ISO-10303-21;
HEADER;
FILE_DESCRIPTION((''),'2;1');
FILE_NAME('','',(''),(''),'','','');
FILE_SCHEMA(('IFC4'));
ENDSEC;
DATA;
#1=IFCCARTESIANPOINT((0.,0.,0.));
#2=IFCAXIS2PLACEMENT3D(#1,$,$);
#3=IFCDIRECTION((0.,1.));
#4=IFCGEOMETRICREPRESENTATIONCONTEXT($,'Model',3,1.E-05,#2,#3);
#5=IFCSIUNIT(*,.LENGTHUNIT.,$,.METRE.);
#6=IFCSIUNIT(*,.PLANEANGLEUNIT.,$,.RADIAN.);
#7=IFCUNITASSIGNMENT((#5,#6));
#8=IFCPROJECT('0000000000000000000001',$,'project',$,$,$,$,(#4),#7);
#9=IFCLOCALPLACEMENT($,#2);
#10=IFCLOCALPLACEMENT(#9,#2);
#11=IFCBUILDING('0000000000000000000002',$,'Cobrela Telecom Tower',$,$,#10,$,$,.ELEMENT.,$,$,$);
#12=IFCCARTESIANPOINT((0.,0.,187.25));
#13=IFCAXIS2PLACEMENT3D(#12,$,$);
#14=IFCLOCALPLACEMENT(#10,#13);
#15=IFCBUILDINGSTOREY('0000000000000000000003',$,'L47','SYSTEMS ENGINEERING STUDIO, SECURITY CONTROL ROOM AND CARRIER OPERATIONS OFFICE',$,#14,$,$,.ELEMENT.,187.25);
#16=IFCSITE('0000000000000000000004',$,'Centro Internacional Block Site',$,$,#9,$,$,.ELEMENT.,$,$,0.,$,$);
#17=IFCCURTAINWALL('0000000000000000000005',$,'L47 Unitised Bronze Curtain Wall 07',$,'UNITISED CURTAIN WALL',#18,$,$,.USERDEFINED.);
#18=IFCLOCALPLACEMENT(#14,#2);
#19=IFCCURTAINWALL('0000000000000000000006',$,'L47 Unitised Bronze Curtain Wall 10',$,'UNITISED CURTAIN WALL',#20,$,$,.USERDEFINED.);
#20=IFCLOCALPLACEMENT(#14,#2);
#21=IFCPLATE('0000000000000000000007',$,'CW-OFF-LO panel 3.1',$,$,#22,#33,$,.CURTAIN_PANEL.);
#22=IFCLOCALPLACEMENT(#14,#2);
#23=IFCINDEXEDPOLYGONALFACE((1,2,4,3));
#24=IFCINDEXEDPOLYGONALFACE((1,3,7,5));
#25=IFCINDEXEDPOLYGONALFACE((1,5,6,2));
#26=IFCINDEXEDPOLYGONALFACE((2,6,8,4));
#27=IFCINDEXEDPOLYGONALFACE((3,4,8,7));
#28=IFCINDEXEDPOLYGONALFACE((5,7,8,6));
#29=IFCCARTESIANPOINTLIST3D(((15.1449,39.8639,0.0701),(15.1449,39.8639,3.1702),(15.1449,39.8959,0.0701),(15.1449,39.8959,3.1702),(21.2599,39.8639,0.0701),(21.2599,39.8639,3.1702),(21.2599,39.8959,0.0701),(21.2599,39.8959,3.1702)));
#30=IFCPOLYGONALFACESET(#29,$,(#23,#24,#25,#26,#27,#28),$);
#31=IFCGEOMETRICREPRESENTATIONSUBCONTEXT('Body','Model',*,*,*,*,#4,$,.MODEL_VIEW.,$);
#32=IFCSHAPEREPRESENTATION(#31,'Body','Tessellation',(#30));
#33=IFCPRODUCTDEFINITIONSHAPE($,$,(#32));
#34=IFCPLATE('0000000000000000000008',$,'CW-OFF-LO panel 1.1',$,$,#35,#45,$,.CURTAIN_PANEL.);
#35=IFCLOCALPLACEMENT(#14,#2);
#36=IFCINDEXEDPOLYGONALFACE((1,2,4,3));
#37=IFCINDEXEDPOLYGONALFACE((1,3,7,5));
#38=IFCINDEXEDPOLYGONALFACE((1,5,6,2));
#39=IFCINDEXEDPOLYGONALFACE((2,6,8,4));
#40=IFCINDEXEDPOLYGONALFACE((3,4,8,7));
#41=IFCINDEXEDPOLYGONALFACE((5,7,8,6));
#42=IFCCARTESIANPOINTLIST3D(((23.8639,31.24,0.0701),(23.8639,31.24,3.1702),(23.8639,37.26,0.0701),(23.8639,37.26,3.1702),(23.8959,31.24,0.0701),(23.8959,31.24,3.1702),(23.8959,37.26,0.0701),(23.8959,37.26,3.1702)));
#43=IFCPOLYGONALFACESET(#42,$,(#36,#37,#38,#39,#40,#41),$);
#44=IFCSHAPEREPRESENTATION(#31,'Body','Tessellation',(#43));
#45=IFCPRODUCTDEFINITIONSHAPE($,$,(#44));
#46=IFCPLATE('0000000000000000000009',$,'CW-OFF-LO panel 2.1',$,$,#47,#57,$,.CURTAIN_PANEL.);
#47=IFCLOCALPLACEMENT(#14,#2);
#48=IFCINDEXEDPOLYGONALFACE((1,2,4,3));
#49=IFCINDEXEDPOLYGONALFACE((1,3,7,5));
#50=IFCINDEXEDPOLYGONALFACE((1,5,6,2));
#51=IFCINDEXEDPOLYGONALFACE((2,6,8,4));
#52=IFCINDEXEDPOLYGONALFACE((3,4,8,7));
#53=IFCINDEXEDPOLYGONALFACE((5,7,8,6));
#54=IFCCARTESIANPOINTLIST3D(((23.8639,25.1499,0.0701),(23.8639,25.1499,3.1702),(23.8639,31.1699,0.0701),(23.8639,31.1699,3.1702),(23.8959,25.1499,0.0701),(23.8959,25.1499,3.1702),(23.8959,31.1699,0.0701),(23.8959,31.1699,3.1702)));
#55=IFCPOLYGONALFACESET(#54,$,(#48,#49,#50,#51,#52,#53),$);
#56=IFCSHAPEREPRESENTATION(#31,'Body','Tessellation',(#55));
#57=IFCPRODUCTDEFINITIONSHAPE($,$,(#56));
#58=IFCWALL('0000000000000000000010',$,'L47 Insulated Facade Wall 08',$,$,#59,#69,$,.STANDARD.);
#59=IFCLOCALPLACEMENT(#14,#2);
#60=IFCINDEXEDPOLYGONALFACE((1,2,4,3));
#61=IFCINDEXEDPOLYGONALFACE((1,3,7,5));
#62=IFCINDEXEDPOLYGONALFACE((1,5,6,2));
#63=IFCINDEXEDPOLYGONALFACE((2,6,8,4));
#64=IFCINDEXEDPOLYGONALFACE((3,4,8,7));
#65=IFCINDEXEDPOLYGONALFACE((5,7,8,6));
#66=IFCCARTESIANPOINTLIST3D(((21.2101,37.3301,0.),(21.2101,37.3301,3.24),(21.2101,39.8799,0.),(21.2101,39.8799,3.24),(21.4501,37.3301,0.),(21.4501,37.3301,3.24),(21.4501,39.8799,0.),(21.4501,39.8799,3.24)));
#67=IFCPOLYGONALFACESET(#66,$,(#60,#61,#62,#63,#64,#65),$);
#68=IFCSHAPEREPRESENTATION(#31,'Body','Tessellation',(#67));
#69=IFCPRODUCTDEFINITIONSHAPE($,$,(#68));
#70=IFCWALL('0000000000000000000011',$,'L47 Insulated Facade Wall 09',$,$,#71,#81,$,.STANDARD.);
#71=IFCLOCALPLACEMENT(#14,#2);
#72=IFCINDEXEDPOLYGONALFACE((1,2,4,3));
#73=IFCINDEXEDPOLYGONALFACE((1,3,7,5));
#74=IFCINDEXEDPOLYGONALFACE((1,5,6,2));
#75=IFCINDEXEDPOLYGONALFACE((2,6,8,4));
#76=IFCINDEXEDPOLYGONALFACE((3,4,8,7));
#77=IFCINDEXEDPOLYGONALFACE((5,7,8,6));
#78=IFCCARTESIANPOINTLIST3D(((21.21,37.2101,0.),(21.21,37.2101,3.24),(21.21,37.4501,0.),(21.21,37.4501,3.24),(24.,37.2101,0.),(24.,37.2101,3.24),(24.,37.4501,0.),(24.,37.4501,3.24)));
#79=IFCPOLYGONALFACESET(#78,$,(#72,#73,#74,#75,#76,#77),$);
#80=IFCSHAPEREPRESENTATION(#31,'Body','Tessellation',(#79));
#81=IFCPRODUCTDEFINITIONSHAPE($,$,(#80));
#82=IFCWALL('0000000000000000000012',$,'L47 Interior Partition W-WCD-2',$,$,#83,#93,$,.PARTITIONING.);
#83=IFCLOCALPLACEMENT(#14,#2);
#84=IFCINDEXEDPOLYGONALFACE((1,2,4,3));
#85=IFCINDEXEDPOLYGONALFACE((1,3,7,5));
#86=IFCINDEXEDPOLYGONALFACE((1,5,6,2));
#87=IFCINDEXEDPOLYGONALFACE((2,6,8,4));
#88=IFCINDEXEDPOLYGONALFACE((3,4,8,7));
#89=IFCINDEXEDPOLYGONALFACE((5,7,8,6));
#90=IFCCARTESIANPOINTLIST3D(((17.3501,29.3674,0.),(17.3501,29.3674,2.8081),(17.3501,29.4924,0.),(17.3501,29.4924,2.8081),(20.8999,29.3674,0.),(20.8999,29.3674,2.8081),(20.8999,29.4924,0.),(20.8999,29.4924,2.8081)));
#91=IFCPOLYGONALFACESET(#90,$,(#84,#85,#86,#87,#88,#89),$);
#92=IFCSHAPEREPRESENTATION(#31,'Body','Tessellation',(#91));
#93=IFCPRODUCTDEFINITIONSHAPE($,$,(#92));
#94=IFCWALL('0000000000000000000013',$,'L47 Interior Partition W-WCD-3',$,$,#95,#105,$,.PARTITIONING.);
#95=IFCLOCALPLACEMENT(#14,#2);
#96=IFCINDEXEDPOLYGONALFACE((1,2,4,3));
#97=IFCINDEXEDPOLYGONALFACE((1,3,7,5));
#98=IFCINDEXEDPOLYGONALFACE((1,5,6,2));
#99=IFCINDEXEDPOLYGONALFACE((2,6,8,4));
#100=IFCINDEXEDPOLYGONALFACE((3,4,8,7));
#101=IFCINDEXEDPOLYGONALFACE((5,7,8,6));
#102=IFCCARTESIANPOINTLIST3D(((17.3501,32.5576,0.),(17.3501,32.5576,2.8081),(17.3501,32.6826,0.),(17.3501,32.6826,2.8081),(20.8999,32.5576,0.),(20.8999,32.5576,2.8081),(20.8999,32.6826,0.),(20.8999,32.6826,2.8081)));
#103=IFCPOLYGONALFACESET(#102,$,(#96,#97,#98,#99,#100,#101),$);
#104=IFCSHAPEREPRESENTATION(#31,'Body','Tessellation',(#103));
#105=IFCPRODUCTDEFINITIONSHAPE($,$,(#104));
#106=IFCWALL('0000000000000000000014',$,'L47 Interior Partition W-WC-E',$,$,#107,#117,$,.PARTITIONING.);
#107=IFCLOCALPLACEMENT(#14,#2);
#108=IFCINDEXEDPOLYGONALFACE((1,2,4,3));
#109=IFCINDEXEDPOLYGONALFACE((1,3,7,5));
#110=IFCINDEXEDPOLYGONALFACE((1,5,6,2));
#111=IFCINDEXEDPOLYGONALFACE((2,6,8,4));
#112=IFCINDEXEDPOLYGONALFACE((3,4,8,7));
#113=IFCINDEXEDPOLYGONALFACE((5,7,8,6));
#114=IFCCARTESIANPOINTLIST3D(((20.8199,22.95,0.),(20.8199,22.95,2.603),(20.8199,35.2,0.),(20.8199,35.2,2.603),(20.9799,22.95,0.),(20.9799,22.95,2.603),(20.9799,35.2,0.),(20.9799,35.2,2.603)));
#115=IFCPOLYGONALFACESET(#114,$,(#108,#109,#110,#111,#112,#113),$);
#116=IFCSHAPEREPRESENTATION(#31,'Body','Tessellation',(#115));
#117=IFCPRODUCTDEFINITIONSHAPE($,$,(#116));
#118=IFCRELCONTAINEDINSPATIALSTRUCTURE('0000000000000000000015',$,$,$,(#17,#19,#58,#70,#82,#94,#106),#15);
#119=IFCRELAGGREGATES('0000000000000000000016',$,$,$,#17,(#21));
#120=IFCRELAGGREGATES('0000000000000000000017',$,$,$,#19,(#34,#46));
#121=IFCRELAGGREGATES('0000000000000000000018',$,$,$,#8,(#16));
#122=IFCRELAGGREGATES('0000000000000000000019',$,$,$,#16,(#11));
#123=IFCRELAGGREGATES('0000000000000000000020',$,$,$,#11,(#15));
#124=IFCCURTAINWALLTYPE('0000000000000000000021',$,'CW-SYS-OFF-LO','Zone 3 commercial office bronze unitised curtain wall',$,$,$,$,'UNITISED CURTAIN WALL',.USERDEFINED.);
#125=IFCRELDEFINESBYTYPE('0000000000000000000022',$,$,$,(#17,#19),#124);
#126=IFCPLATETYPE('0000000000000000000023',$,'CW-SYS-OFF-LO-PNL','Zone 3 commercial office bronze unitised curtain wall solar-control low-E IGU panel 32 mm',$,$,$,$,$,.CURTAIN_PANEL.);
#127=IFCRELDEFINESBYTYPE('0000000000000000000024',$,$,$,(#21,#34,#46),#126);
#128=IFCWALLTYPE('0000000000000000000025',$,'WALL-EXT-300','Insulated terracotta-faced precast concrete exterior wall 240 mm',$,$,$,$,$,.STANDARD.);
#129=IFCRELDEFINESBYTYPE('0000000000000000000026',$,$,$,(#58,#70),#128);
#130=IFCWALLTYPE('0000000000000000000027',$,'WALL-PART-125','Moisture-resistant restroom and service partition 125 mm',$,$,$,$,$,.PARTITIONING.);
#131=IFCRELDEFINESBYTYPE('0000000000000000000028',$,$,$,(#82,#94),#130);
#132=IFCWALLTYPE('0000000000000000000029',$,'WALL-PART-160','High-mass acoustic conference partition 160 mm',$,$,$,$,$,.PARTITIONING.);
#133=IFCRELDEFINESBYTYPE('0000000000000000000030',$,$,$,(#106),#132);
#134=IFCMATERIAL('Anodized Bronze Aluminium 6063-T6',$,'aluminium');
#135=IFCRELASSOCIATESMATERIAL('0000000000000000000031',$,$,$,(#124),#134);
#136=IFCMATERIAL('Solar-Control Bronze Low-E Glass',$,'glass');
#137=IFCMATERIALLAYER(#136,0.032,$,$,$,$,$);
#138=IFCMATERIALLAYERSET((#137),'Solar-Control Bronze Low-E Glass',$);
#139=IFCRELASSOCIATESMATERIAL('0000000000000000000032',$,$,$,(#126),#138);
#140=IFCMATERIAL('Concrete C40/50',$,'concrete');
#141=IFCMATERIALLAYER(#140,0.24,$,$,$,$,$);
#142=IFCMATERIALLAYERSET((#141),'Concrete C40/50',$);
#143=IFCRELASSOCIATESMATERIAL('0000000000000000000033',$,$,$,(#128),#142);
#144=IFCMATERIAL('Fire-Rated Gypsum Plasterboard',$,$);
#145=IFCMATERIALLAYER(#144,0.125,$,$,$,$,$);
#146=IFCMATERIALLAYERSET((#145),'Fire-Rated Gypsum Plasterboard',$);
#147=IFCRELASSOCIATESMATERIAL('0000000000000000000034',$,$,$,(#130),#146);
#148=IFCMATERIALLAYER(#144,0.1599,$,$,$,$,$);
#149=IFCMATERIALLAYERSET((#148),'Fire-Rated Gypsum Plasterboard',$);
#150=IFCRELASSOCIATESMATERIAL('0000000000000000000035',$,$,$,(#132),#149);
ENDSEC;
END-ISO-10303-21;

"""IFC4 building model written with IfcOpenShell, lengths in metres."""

from ifc_helpers import new_model, si_unit, direction, frame, frame_2d, origin, origin_2d, place, context, subcontext, project, spatial, rectangle, extrude, material, layer, layer_set, type_object, element, aggregate, save


model = new_model("IFC4")

# Units and contexts
model_context = context("Model", 3, precision=1e-05, world=origin(), true_north=direction((0.0, 1.0)))
body_context = subcontext(model_context, "Body", "Model", "MODEL_VIEW")
ifc_project = project(units=[si_unit("LENGTHUNIT", "METRE"), si_unit("PLANEANGLEUNIT", "RADIAN")], contexts=[model_context])

# Site, building, storey
site_placement = place(None, origin())
site = spatial("IfcSite", under=ifc_project, at=site_placement, Name="Centro Internacional Block Site", CompositionType="ELEMENT", RefElevation=0.0)
building_placement = place(site_placement, origin())
building = spatial("IfcBuilding", under=site, at=building_placement, Name="Cobrela Telecom Tower", CompositionType="ELEMENT")
storey_placement = place(building_placement, frame((0.0, 0.0, 187.25)))
storey = spatial("IfcBuildingStorey", under=building, at=storey_placement, Name="L47", Description="SYSTEMS ENGINEERING STUDIO, SECURITY CONTROL ROOM AND CARRIER OPERATIONS OFFICE", CompositionType="ELEMENT", Elevation=187.25)

# Curtain wall
ifc_material_1 = material(Name="Anodized Bronze Aluminium 6063-T6", Category="aluminium")
curtain_wall_type = type_object("IfcCurtainWallType", Name="CW-SYS-OFF-LO", Description="Zone 3 commercial office bronze unitised curtain wall", ElementType="UNITISED CURTAIN WALL", PredefinedType="USERDEFINED", material=ifc_material_1)
curtain_wall_1_placement = place(storey_placement, origin())
curtain_wall_1 = element("IfcCurtainWall", 1, at=curtain_wall_1_placement, inside=storey, type_object=curtain_wall_type, Name="L47 Unitised Bronze Curtain Wall 07", ObjectType="UNITISED CURTAIN WALL", PredefinedType="USERDEFINED")

# Curtain wall
curtain_wall_2_placement = place(storey_placement, origin())
curtain_wall_2 = element("IfcCurtainWall", 2, at=curtain_wall_2_placement, inside=storey, type_object=curtain_wall_type, Name="L47 Unitised Bronze Curtain Wall 10", ObjectType="UNITISED CURTAIN WALL", PredefinedType="USERDEFINED")

# Plates
ifc_material_2 = material(Name="Solar-Control Bronze Low-E Glass", Category="glass")
ifc_layer_1 = layer(ifc_material_2, 0.032)
ifc_layer_set_1 = layer_set([ifc_layer_1], Name="Solar-Control Bronze Low-E Glass")
plate_type = type_object("IfcPlateType", Name="CW-SYS-OFF-LO-PNL", Description="Zone 3 commercial office bronze unitised curtain wall solar-control low-E IGU panel 32 mm", PredefinedType="CURTAIN_PANEL", material=ifc_layer_set_1)
plate_1_placement = place(storey_placement, frame((18.2024, 39.8799, 0.0701), z_axis=(0.0, 0.0, 1.0), x_axis=(1.0, 0.0, 0.0)))
plate_1 = element("IfcPlate", 3, at=plate_1_placement, type_object=plate_type, Name="CW-OFF-LO panel 3.1", PredefinedType="CURTAIN_PANEL", context=body_context, shape_type="SweptSolid", body=[
    extrude(rectangle(XDim=6.115, YDim=0.032, at=origin_2d()), origin(), (0.0, 0.0, 1.0), 3.1001),
])
aggregate(curtain_wall_1, [plate_1])
plate_2_placement = place(storey_placement, frame((23.8799, 34.25, 0.0701), z_axis=(0.0, 0.0, 1.0), x_axis=(0.0, -1.0, 0.0)))
plate_2 = element("IfcPlate", 4, at=plate_2_placement, type_object=plate_type, Name="CW-OFF-LO panel 1.1", PredefinedType="CURTAIN_PANEL", context=body_context, shape_type="SweptSolid", body=[
    extrude(rectangle(XDim=6.02, YDim=0.032, at=origin_2d()), origin(), (0.0, 0.0, 1.0), 3.1001),
])
plate_3_placement = place(storey_placement, frame((23.8799, 28.1599, 0.0701), z_axis=(0.0, 0.0, 1.0), x_axis=(0.0, -1.0, 0.0)))
plate_3 = element("IfcPlate", 5, at=plate_3_placement, type_object=plate_type, Name="CW-OFF-LO panel 2.1", PredefinedType="CURTAIN_PANEL", context=body_context, shape_type="SweptSolid", body=[
    extrude(rectangle(XDim=6.02, YDim=0.032, at=origin_2d()), origin(), (0.0, 0.0, 1.0), 3.1001),
])
aggregate(curtain_wall_2, [plate_2, plate_3])

# Walls
ifc_material_3 = material(Name="Concrete C40/50", Category="concrete")
ifc_layer_2 = layer(ifc_material_3, 0.24)
ifc_layer_set_2 = layer_set([ifc_layer_2], Name="Concrete C40/50")
wall_type_1 = type_object("IfcWallType", Name="WALL-EXT-300", Description="Insulated terracotta-faced precast concrete exterior wall 240 mm", PredefinedType="STANDARD", material=ifc_layer_set_2)
wall_1_placement = place(storey_placement, frame((21.3301, 39.8799, 0.0), z_axis=(0.0, 0.0, 1.0), x_axis=(0.0, -1.0, 0.0)))
element("IfcWall", 6, at=wall_1_placement, inside=storey, type_object=wall_type_1, Name="L47 Insulated Facade Wall 08", PredefinedType="STANDARD", context=body_context, shape_type="SweptSolid", body=[
    extrude(rectangle(XDim=2.5498, YDim=0.24, at=frame_2d((1.2749, 0.0))), origin(), (0.0, 0.0, 1.0), 3.24),
])
wall_2_placement = place(storey_placement, frame((21.21, 37.3301, 0.0), z_axis=(0.0, 0.0, 1.0), x_axis=(1.0, 0.0, 0.0)))
element("IfcWall", 7, at=wall_2_placement, inside=storey, type_object=wall_type_1, Name="L47 Insulated Facade Wall 09", PredefinedType="STANDARD", context=body_context, shape_type="SweptSolid", body=[
    extrude(rectangle(XDim=2.79, YDim=0.24, at=frame_2d((1.395, 0.0))), origin(), (0.0, 0.0, 1.0), 3.24),
])
ifc_material_4 = material(Name="Fire-Rated Gypsum Plasterboard")
ifc_layer_3 = layer(ifc_material_4, 0.125)
ifc_layer_set_3 = layer_set([ifc_layer_3], Name="Fire-Rated Gypsum Plasterboard")
wall_type_2 = type_object("IfcWallType", Name="WALL-PART-125", Description="Moisture-resistant restroom and service partition 125 mm", PredefinedType="PARTITIONING", material=ifc_layer_set_3)
for number, where, z_axis, x_axis, name in (
    (8, (17.3501, 29.4299, 0.0), (0.0, 0.0, 1.0), (1.0, 0.0, 0.0), "L47 Interior Partition W-WCD-2"),
    (9, (17.3501, 32.6201, 0.0), (0.0, 0.0, 1.0), (1.0, 0.0, 0.0), "L47 Interior Partition W-WCD-3"),
):
    element("IfcWall", number, at=place(storey_placement, frame(where, z_axis=z_axis, x_axis=x_axis)), inside=storey, type_object=wall_type_2, Name=name, PredefinedType="PARTITIONING", context=body_context, shape_type="SweptSolid", body=[
        extrude(rectangle(XDim=3.5498, YDim=0.125, at=frame_2d((1.7749, 0.0))), origin(), (0.0, 0.0, 1.0), 2.8081),
    ])
ifc_layer_4 = layer(ifc_material_4, 0.1599)
ifc_layer_set_4 = layer_set([ifc_layer_4], Name="Fire-Rated Gypsum Plasterboard")
wall_type_3 = type_object("IfcWallType", Name="WALL-PART-160", Description="High-mass acoustic conference partition 160 mm", PredefinedType="PARTITIONING", material=ifc_layer_set_4)
wall_3_placement = place(storey_placement, frame((20.8999, 22.95, 0.0), z_axis=(0.0, 0.0, 1.0), x_axis=(0.0, 1.0, 0.0)))
element("IfcWall", 10, at=wall_3_placement, inside=storey, type_object=wall_type_3, Name="L47 Interior Partition W-WC-E", PredefinedType="PARTITIONING", context=body_context, shape_type="SweptSolid", body=[
    extrude(rectangle(XDim=12.25, YDim=0.1599, at=frame_2d((6.125, 0.0))), origin(), (0.0, 0.0, 1.0), 2.603),
])

save(model, "model.ifc")
